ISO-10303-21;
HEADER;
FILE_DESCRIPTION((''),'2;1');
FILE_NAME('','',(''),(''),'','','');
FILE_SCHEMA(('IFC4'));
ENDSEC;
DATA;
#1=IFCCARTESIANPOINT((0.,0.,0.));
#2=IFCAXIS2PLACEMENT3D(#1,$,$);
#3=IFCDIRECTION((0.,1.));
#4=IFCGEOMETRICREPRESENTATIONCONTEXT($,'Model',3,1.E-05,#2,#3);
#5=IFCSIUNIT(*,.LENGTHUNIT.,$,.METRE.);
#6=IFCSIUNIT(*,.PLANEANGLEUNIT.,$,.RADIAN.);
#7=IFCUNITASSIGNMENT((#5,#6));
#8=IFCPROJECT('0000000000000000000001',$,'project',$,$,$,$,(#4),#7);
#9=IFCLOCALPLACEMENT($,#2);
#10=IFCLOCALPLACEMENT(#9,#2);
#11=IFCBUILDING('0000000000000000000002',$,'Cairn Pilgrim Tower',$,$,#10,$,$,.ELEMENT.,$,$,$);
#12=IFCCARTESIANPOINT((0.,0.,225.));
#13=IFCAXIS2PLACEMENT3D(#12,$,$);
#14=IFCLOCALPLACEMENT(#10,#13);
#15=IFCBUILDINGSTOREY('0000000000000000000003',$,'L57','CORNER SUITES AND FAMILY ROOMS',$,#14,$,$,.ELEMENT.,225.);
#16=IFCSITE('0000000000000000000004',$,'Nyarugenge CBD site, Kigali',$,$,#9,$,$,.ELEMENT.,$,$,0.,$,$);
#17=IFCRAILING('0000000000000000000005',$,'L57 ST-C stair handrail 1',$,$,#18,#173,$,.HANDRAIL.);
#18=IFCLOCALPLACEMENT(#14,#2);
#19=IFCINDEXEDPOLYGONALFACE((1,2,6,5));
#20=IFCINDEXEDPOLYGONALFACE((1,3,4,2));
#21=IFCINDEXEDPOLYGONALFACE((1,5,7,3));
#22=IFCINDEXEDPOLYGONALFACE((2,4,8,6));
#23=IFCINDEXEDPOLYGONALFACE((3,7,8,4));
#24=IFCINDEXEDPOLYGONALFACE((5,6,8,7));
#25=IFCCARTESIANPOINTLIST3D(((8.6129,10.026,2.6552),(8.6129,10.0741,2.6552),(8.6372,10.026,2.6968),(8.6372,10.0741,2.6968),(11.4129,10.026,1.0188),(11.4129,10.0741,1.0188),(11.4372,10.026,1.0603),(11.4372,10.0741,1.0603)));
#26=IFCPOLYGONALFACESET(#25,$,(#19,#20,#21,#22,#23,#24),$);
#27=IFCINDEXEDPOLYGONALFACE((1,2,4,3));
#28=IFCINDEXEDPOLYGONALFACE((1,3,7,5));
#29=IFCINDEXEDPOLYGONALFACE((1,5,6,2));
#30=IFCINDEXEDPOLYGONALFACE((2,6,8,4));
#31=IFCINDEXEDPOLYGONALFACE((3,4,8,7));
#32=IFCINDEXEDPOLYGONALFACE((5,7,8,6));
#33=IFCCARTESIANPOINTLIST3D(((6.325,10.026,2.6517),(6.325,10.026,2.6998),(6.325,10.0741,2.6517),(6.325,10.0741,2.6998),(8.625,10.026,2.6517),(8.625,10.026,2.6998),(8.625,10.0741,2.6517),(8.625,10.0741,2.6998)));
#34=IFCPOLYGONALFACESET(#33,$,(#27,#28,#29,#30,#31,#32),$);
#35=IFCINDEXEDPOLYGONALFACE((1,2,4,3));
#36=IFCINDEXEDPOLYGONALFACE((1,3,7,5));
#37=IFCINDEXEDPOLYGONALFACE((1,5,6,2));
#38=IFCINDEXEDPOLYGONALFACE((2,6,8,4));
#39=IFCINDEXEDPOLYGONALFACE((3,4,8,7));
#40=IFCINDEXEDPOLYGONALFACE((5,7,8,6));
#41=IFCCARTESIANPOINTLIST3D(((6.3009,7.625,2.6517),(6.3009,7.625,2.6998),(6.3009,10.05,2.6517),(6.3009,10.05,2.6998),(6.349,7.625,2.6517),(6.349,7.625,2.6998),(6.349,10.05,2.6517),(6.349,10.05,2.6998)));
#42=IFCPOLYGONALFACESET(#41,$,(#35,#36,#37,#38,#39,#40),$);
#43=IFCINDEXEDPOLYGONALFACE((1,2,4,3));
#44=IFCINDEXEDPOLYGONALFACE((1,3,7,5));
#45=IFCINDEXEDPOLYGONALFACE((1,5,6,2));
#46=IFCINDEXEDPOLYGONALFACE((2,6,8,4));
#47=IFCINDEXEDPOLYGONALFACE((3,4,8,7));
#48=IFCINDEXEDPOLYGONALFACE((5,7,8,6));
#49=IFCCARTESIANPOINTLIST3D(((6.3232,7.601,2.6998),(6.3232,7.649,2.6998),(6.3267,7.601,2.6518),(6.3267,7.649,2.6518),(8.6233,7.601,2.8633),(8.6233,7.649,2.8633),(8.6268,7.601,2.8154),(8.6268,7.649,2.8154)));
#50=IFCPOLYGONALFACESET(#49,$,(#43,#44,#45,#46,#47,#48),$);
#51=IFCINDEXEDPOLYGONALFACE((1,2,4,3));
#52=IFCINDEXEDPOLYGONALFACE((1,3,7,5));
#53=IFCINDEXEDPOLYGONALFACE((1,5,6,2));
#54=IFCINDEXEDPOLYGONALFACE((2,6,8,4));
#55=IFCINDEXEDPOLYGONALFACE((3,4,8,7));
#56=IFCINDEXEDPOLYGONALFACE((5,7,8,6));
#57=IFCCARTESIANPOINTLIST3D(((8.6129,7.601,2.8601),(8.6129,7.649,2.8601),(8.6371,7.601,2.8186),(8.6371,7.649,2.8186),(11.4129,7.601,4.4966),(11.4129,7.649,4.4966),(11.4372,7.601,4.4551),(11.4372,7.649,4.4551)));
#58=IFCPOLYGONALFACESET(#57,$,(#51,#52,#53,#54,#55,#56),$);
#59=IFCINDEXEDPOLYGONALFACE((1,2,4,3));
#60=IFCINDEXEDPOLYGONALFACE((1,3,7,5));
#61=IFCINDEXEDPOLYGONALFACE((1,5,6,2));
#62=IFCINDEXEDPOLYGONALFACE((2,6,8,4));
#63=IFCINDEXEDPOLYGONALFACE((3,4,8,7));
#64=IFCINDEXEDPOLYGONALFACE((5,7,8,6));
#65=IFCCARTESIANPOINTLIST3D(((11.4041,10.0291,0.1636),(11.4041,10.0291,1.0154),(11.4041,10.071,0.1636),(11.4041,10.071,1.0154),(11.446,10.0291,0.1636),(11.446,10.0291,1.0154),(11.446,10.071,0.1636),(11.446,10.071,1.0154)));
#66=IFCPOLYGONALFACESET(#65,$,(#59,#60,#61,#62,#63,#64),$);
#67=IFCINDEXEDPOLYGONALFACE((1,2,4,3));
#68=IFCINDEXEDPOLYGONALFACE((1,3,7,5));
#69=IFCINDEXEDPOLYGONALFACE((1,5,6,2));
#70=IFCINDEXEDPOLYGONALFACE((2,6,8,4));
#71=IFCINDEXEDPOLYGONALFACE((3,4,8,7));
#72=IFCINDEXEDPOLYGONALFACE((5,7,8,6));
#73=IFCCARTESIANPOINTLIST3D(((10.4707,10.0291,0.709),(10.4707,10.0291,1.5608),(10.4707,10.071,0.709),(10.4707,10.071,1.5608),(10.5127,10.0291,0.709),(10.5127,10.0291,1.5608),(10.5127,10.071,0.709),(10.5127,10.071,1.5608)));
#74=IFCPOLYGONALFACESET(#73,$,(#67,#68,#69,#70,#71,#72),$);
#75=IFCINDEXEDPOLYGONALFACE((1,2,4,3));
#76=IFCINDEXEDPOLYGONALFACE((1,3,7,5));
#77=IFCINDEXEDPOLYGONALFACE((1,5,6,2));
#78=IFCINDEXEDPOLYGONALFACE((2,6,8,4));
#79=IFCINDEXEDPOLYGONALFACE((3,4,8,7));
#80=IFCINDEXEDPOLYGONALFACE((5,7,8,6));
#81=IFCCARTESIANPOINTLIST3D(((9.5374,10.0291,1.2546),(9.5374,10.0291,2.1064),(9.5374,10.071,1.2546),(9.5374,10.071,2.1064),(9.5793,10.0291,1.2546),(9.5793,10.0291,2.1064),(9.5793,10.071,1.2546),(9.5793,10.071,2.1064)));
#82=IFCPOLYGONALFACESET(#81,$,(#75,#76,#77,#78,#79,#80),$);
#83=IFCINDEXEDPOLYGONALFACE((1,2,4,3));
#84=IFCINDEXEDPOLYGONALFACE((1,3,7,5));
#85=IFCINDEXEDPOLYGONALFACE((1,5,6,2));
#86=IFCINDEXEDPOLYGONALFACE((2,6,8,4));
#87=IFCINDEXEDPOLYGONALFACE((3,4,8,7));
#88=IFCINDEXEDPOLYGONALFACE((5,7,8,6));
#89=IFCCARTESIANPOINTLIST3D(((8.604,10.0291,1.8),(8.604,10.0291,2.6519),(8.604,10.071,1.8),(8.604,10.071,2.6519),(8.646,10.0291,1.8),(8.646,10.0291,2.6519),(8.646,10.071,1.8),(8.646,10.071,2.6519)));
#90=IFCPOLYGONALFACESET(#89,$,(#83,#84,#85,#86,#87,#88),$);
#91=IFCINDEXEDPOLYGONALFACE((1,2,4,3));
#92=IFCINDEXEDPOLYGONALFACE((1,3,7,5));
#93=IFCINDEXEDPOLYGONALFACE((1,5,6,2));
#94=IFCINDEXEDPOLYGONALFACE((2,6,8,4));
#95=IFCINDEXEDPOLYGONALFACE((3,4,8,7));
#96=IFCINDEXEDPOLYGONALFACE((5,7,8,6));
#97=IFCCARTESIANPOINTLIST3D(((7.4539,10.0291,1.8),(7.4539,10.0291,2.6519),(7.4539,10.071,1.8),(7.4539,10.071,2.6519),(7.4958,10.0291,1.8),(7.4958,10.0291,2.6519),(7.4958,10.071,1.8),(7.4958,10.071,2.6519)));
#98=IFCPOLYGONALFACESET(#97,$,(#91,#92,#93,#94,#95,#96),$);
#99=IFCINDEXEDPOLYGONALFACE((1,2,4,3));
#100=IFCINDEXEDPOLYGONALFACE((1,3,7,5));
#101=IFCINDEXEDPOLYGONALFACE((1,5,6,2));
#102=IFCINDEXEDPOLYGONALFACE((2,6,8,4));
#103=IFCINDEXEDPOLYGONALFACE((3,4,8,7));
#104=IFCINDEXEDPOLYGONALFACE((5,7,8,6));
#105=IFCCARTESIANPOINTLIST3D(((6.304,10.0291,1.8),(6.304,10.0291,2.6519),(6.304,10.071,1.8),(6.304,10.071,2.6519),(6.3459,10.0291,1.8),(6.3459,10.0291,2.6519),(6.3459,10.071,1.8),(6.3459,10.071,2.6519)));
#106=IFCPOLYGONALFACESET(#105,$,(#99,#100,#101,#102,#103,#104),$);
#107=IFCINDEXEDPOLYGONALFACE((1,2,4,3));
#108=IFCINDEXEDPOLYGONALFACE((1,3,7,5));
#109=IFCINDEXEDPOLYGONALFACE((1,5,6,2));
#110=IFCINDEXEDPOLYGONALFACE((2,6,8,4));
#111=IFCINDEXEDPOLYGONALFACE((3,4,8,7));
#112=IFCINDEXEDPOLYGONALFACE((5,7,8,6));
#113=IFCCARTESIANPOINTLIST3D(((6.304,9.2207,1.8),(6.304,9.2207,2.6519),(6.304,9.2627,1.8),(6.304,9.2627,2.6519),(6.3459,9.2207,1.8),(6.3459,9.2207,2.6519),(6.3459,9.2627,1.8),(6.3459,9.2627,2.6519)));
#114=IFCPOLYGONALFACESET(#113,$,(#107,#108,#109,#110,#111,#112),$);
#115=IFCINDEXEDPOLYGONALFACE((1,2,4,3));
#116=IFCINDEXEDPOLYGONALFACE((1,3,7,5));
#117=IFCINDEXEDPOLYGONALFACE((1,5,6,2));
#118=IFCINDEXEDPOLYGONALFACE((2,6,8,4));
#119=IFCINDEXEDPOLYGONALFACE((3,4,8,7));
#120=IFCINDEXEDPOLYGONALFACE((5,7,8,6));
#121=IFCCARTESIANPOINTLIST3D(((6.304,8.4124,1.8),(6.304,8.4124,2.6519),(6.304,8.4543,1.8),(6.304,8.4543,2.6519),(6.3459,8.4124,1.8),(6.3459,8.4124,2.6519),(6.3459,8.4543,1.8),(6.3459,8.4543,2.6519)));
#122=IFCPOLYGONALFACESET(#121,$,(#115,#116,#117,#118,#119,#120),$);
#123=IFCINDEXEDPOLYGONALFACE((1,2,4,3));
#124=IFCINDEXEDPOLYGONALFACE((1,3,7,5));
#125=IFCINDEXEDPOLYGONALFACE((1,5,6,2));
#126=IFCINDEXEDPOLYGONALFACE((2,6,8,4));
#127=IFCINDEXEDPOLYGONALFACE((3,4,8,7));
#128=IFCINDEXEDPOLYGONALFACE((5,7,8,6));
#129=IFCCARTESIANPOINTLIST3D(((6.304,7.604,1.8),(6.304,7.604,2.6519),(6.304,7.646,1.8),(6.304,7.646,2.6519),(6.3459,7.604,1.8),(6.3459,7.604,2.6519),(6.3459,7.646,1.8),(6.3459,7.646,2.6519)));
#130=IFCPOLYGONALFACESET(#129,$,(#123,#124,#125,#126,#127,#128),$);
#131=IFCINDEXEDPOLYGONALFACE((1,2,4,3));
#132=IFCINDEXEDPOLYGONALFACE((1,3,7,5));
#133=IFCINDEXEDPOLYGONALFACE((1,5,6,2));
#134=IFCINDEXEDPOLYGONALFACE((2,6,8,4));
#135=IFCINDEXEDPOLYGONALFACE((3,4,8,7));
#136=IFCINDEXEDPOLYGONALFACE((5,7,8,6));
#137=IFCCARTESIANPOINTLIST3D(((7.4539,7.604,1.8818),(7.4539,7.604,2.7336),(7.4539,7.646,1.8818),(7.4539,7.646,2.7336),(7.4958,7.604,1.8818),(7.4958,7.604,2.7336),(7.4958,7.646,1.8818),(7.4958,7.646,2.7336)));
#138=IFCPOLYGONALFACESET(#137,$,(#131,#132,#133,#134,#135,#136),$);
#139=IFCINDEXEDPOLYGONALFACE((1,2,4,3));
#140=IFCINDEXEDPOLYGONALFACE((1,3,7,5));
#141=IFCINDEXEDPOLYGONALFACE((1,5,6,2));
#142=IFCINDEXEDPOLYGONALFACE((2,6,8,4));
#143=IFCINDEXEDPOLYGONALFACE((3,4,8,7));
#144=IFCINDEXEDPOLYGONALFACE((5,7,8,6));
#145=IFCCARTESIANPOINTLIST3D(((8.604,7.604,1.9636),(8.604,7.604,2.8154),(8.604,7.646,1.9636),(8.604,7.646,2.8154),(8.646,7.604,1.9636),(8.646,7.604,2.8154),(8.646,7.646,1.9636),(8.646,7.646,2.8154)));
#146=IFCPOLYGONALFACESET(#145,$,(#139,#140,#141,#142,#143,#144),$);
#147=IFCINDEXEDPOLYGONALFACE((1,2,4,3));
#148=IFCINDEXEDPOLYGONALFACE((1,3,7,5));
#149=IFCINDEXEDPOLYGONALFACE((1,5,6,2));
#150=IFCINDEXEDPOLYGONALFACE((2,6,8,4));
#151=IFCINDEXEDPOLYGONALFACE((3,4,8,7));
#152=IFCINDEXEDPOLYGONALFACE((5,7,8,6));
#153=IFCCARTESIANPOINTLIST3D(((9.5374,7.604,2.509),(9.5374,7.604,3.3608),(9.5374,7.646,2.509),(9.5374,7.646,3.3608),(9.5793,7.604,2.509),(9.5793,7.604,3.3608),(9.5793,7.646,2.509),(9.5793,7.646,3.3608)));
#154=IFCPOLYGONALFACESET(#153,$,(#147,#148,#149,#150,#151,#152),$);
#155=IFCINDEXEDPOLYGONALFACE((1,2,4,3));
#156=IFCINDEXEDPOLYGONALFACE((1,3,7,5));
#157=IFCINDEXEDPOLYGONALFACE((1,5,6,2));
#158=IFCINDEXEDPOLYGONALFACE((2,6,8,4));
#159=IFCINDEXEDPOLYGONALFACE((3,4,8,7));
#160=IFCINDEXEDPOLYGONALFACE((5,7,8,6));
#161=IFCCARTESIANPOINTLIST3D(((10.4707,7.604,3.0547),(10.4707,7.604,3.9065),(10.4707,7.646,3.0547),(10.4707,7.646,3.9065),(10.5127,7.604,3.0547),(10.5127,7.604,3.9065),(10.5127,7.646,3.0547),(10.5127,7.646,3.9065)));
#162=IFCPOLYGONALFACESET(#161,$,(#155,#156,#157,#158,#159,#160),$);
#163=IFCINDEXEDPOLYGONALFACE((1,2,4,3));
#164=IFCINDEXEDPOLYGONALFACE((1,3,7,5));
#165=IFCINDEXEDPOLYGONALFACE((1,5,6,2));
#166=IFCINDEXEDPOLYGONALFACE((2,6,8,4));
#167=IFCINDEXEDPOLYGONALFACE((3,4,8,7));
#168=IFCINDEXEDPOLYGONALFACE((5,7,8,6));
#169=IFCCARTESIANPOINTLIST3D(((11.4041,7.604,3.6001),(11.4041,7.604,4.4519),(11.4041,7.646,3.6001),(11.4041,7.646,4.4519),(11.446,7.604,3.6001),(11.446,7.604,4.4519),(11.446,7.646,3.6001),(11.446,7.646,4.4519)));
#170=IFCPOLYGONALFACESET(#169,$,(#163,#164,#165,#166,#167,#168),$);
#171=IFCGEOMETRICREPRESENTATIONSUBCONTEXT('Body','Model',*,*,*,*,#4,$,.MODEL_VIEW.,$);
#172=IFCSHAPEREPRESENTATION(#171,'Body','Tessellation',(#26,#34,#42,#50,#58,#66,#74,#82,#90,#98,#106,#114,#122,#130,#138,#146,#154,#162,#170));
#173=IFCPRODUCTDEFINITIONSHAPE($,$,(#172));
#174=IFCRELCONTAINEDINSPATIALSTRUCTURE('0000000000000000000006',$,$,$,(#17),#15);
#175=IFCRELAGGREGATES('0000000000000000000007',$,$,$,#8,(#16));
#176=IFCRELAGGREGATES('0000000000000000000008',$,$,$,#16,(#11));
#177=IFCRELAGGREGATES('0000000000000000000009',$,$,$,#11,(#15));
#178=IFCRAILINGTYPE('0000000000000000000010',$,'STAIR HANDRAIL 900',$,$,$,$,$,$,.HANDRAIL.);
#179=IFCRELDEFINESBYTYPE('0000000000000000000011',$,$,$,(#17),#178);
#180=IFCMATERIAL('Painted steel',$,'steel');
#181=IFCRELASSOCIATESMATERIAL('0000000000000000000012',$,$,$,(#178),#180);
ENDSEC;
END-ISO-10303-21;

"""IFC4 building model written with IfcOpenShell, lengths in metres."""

from ifc_helpers import new_model, si_unit, direction, frame, origin, origin_2d, place, context, subcontext, project, spatial, rectangle, extrude, material, type_object, element, save


model = new_model("IFC4")

# Units and contexts
model_context = context("Model", 3, precision=1e-05, world=origin(), true_north=direction((0.0, 1.0)))
body_context = subcontext(model_context, "Body", "Model", "MODEL_VIEW")
ifc_project = project(units=[si_unit("LENGTHUNIT", "METRE"), si_unit("PLANEANGLEUNIT", "RADIAN")], contexts=[model_context])

# Site, building, storey
site_placement = place(None, origin())
site = spatial("IfcSite", under=ifc_project, at=site_placement, Name="Nyarugenge CBD site, Kigali", CompositionType="ELEMENT", RefElevation=0.0)
building_placement = place(site_placement, origin())
building = spatial("IfcBuilding", under=site, at=building_placement, Name="Cairn Pilgrim Tower", CompositionType="ELEMENT")
storey_placement = place(building_placement, frame((0.0, 0.0, 225.0)))
storey = spatial("IfcBuildingStorey", under=building, at=storey_placement, Name="L57", Description="CORNER SUITES AND FAMILY ROOMS", CompositionType="ELEMENT", Elevation=225.0)

# Railing
ifc_material_1 = material(Name="Painted steel", Category="steel")
railing_type_1 = type_object("IfcRailingType", Name="STAIR HANDRAIL 900", PredefinedType="HANDRAIL", material=ifc_material_1)
railing_1_placement = place(storey_placement, frame((11.425, 10.05, 0.1636)))
element("IfcRailing", 1, at=railing_1_placement, inside=storey, type_object=railing_type_1, Name="L57 ST-C stair handrail 1", PredefinedType="HANDRAIL", context=body_context, shape_type="SweptSolid", body=[
    extrude(rectangle(XDim=0.0481, YDim=0.0481, at=origin_2d()), frame((0.0, 0.0, 0.876), z_axis=(-0.863361, 0.0, 0.504587), x_axis=(0.0, -1.0, 0.0)), (0.0, 0.0, 1.0), 3.2432),
    extrude(rectangle(XDim=0.0481, YDim=0.0481, at=origin_2d()), frame((-2.8, 0.0, 2.5122), z_axis=(-1.0, 0.0, 0.0), x_axis=(0.0, -1.0, 0.0)), (0.0, 0.0, 1.0), 2.3),
    extrude(rectangle(XDim=0.0481, YDim=0.0481, at=origin_2d()), frame((-5.1001, 0.0, 2.5122), z_axis=(0.0, -1.0, 0.0), x_axis=(1.0, 0.0, 0.0)), (0.0, 0.0, 1.0), 2.425),
    extrude(rectangle(XDim=0.0481, YDim=0.0481, at=origin_2d()), frame((-5.1001, -2.425, 2.5122), z_axis=(0.997481, 0.0, 0.070939), x_axis=(0.0, 1.0, 0.0)), (0.0, 0.0, 1.0), 2.3059),
    extrude(rectangle(XDim=0.0481, YDim=0.0481, at=origin_2d()), frame((-2.8, -2.425, 2.6758), z_axis=(0.863361, 0.0, 0.504587), x_axis=(0.0, 1.0, 0.0)), (0.0, 0.0, 1.0), 3.2432),
    extrude(rectangle(XDim=0.042, YDim=0.042, at=origin_2d()), origin(), (0.0, 0.0, 1.0), 0.8518),
    extrude(rectangle(XDim=0.042, YDim=0.042, at=origin_2d()), frame((-0.9333, 0.0, 0.5454)), (0.0, 0.0, 1.0), 0.8518),
    extrude(rectangle(XDim=0.042, YDim=0.042, at=origin_2d()), frame((-1.8667, 0.0, 1.0911)), (0.0, 0.0, 1.0), 0.8518),
    extrude(rectangle(XDim=0.042, YDim=0.042, at=origin_2d()), frame((-2.8, 0.0, 1.6365)), (0.0, 0.0, 1.0), 0.8518),
    extrude(rectangle(XDim=0.042, YDim=0.042, at=origin_2d()), frame((-3.9502, 0.0, 1.6365)), (0.0, 0.0, 1.0), 0.8518),
    extrude(rectangle(XDim=0.042, YDim=0.042, at=origin_2d()), frame((-5.1001, 0.0, 1.6365)), (0.0, 0.0, 1.0), 0.8518),
    extrude(rectangle(XDim=0.042, YDim=0.042, at=origin_2d()), frame((-5.1001, -0.8083, 1.6365)), (0.0, 0.0, 1.0), 0.8518),
    extrude(rectangle(XDim=0.042, YDim=0.042, at=origin_2d()), frame((-5.1001, -1.6167, 1.6365)), (0.0, 0.0, 1.0), 0.8518),
    extrude(rectangle(XDim=0.042, YDim=0.042, at=origin_2d()), frame((-5.1001, -2.425, 1.6365)), (0.0, 0.0, 1.0), 0.8518),
    extrude(rectangle(XDim=0.042, YDim=0.042, at=origin_2d()), frame((-3.9502, -2.425, 1.7183)), (0.0, 0.0, 1.0), 0.8518),
    extrude(rectangle(XDim=0.042, YDim=0.042, at=origin_2d()), frame((-2.8, -2.425, 1.8)), (0.0, 0.0, 1.0), 0.8518),
    extrude(rectangle(XDim=0.042, YDim=0.042, at=origin_2d()), frame((-1.8667, -2.425, 2.3455)), (0.0, 0.0, 1.0), 0.8518),
    extrude(rectangle(XDim=0.042, YDim=0.042, at=origin_2d()), frame((-0.9333, -2.425, 2.8911)), (0.0, 0.0, 1.0), 0.8518),
    extrude(rectangle(XDim=0.042, YDim=0.042, at=origin_2d()), frame((0.0, -2.425, 3.4365)), (0.0, 0.0, 1.0), 0.8518),
])

save(model, "model.ifc")
